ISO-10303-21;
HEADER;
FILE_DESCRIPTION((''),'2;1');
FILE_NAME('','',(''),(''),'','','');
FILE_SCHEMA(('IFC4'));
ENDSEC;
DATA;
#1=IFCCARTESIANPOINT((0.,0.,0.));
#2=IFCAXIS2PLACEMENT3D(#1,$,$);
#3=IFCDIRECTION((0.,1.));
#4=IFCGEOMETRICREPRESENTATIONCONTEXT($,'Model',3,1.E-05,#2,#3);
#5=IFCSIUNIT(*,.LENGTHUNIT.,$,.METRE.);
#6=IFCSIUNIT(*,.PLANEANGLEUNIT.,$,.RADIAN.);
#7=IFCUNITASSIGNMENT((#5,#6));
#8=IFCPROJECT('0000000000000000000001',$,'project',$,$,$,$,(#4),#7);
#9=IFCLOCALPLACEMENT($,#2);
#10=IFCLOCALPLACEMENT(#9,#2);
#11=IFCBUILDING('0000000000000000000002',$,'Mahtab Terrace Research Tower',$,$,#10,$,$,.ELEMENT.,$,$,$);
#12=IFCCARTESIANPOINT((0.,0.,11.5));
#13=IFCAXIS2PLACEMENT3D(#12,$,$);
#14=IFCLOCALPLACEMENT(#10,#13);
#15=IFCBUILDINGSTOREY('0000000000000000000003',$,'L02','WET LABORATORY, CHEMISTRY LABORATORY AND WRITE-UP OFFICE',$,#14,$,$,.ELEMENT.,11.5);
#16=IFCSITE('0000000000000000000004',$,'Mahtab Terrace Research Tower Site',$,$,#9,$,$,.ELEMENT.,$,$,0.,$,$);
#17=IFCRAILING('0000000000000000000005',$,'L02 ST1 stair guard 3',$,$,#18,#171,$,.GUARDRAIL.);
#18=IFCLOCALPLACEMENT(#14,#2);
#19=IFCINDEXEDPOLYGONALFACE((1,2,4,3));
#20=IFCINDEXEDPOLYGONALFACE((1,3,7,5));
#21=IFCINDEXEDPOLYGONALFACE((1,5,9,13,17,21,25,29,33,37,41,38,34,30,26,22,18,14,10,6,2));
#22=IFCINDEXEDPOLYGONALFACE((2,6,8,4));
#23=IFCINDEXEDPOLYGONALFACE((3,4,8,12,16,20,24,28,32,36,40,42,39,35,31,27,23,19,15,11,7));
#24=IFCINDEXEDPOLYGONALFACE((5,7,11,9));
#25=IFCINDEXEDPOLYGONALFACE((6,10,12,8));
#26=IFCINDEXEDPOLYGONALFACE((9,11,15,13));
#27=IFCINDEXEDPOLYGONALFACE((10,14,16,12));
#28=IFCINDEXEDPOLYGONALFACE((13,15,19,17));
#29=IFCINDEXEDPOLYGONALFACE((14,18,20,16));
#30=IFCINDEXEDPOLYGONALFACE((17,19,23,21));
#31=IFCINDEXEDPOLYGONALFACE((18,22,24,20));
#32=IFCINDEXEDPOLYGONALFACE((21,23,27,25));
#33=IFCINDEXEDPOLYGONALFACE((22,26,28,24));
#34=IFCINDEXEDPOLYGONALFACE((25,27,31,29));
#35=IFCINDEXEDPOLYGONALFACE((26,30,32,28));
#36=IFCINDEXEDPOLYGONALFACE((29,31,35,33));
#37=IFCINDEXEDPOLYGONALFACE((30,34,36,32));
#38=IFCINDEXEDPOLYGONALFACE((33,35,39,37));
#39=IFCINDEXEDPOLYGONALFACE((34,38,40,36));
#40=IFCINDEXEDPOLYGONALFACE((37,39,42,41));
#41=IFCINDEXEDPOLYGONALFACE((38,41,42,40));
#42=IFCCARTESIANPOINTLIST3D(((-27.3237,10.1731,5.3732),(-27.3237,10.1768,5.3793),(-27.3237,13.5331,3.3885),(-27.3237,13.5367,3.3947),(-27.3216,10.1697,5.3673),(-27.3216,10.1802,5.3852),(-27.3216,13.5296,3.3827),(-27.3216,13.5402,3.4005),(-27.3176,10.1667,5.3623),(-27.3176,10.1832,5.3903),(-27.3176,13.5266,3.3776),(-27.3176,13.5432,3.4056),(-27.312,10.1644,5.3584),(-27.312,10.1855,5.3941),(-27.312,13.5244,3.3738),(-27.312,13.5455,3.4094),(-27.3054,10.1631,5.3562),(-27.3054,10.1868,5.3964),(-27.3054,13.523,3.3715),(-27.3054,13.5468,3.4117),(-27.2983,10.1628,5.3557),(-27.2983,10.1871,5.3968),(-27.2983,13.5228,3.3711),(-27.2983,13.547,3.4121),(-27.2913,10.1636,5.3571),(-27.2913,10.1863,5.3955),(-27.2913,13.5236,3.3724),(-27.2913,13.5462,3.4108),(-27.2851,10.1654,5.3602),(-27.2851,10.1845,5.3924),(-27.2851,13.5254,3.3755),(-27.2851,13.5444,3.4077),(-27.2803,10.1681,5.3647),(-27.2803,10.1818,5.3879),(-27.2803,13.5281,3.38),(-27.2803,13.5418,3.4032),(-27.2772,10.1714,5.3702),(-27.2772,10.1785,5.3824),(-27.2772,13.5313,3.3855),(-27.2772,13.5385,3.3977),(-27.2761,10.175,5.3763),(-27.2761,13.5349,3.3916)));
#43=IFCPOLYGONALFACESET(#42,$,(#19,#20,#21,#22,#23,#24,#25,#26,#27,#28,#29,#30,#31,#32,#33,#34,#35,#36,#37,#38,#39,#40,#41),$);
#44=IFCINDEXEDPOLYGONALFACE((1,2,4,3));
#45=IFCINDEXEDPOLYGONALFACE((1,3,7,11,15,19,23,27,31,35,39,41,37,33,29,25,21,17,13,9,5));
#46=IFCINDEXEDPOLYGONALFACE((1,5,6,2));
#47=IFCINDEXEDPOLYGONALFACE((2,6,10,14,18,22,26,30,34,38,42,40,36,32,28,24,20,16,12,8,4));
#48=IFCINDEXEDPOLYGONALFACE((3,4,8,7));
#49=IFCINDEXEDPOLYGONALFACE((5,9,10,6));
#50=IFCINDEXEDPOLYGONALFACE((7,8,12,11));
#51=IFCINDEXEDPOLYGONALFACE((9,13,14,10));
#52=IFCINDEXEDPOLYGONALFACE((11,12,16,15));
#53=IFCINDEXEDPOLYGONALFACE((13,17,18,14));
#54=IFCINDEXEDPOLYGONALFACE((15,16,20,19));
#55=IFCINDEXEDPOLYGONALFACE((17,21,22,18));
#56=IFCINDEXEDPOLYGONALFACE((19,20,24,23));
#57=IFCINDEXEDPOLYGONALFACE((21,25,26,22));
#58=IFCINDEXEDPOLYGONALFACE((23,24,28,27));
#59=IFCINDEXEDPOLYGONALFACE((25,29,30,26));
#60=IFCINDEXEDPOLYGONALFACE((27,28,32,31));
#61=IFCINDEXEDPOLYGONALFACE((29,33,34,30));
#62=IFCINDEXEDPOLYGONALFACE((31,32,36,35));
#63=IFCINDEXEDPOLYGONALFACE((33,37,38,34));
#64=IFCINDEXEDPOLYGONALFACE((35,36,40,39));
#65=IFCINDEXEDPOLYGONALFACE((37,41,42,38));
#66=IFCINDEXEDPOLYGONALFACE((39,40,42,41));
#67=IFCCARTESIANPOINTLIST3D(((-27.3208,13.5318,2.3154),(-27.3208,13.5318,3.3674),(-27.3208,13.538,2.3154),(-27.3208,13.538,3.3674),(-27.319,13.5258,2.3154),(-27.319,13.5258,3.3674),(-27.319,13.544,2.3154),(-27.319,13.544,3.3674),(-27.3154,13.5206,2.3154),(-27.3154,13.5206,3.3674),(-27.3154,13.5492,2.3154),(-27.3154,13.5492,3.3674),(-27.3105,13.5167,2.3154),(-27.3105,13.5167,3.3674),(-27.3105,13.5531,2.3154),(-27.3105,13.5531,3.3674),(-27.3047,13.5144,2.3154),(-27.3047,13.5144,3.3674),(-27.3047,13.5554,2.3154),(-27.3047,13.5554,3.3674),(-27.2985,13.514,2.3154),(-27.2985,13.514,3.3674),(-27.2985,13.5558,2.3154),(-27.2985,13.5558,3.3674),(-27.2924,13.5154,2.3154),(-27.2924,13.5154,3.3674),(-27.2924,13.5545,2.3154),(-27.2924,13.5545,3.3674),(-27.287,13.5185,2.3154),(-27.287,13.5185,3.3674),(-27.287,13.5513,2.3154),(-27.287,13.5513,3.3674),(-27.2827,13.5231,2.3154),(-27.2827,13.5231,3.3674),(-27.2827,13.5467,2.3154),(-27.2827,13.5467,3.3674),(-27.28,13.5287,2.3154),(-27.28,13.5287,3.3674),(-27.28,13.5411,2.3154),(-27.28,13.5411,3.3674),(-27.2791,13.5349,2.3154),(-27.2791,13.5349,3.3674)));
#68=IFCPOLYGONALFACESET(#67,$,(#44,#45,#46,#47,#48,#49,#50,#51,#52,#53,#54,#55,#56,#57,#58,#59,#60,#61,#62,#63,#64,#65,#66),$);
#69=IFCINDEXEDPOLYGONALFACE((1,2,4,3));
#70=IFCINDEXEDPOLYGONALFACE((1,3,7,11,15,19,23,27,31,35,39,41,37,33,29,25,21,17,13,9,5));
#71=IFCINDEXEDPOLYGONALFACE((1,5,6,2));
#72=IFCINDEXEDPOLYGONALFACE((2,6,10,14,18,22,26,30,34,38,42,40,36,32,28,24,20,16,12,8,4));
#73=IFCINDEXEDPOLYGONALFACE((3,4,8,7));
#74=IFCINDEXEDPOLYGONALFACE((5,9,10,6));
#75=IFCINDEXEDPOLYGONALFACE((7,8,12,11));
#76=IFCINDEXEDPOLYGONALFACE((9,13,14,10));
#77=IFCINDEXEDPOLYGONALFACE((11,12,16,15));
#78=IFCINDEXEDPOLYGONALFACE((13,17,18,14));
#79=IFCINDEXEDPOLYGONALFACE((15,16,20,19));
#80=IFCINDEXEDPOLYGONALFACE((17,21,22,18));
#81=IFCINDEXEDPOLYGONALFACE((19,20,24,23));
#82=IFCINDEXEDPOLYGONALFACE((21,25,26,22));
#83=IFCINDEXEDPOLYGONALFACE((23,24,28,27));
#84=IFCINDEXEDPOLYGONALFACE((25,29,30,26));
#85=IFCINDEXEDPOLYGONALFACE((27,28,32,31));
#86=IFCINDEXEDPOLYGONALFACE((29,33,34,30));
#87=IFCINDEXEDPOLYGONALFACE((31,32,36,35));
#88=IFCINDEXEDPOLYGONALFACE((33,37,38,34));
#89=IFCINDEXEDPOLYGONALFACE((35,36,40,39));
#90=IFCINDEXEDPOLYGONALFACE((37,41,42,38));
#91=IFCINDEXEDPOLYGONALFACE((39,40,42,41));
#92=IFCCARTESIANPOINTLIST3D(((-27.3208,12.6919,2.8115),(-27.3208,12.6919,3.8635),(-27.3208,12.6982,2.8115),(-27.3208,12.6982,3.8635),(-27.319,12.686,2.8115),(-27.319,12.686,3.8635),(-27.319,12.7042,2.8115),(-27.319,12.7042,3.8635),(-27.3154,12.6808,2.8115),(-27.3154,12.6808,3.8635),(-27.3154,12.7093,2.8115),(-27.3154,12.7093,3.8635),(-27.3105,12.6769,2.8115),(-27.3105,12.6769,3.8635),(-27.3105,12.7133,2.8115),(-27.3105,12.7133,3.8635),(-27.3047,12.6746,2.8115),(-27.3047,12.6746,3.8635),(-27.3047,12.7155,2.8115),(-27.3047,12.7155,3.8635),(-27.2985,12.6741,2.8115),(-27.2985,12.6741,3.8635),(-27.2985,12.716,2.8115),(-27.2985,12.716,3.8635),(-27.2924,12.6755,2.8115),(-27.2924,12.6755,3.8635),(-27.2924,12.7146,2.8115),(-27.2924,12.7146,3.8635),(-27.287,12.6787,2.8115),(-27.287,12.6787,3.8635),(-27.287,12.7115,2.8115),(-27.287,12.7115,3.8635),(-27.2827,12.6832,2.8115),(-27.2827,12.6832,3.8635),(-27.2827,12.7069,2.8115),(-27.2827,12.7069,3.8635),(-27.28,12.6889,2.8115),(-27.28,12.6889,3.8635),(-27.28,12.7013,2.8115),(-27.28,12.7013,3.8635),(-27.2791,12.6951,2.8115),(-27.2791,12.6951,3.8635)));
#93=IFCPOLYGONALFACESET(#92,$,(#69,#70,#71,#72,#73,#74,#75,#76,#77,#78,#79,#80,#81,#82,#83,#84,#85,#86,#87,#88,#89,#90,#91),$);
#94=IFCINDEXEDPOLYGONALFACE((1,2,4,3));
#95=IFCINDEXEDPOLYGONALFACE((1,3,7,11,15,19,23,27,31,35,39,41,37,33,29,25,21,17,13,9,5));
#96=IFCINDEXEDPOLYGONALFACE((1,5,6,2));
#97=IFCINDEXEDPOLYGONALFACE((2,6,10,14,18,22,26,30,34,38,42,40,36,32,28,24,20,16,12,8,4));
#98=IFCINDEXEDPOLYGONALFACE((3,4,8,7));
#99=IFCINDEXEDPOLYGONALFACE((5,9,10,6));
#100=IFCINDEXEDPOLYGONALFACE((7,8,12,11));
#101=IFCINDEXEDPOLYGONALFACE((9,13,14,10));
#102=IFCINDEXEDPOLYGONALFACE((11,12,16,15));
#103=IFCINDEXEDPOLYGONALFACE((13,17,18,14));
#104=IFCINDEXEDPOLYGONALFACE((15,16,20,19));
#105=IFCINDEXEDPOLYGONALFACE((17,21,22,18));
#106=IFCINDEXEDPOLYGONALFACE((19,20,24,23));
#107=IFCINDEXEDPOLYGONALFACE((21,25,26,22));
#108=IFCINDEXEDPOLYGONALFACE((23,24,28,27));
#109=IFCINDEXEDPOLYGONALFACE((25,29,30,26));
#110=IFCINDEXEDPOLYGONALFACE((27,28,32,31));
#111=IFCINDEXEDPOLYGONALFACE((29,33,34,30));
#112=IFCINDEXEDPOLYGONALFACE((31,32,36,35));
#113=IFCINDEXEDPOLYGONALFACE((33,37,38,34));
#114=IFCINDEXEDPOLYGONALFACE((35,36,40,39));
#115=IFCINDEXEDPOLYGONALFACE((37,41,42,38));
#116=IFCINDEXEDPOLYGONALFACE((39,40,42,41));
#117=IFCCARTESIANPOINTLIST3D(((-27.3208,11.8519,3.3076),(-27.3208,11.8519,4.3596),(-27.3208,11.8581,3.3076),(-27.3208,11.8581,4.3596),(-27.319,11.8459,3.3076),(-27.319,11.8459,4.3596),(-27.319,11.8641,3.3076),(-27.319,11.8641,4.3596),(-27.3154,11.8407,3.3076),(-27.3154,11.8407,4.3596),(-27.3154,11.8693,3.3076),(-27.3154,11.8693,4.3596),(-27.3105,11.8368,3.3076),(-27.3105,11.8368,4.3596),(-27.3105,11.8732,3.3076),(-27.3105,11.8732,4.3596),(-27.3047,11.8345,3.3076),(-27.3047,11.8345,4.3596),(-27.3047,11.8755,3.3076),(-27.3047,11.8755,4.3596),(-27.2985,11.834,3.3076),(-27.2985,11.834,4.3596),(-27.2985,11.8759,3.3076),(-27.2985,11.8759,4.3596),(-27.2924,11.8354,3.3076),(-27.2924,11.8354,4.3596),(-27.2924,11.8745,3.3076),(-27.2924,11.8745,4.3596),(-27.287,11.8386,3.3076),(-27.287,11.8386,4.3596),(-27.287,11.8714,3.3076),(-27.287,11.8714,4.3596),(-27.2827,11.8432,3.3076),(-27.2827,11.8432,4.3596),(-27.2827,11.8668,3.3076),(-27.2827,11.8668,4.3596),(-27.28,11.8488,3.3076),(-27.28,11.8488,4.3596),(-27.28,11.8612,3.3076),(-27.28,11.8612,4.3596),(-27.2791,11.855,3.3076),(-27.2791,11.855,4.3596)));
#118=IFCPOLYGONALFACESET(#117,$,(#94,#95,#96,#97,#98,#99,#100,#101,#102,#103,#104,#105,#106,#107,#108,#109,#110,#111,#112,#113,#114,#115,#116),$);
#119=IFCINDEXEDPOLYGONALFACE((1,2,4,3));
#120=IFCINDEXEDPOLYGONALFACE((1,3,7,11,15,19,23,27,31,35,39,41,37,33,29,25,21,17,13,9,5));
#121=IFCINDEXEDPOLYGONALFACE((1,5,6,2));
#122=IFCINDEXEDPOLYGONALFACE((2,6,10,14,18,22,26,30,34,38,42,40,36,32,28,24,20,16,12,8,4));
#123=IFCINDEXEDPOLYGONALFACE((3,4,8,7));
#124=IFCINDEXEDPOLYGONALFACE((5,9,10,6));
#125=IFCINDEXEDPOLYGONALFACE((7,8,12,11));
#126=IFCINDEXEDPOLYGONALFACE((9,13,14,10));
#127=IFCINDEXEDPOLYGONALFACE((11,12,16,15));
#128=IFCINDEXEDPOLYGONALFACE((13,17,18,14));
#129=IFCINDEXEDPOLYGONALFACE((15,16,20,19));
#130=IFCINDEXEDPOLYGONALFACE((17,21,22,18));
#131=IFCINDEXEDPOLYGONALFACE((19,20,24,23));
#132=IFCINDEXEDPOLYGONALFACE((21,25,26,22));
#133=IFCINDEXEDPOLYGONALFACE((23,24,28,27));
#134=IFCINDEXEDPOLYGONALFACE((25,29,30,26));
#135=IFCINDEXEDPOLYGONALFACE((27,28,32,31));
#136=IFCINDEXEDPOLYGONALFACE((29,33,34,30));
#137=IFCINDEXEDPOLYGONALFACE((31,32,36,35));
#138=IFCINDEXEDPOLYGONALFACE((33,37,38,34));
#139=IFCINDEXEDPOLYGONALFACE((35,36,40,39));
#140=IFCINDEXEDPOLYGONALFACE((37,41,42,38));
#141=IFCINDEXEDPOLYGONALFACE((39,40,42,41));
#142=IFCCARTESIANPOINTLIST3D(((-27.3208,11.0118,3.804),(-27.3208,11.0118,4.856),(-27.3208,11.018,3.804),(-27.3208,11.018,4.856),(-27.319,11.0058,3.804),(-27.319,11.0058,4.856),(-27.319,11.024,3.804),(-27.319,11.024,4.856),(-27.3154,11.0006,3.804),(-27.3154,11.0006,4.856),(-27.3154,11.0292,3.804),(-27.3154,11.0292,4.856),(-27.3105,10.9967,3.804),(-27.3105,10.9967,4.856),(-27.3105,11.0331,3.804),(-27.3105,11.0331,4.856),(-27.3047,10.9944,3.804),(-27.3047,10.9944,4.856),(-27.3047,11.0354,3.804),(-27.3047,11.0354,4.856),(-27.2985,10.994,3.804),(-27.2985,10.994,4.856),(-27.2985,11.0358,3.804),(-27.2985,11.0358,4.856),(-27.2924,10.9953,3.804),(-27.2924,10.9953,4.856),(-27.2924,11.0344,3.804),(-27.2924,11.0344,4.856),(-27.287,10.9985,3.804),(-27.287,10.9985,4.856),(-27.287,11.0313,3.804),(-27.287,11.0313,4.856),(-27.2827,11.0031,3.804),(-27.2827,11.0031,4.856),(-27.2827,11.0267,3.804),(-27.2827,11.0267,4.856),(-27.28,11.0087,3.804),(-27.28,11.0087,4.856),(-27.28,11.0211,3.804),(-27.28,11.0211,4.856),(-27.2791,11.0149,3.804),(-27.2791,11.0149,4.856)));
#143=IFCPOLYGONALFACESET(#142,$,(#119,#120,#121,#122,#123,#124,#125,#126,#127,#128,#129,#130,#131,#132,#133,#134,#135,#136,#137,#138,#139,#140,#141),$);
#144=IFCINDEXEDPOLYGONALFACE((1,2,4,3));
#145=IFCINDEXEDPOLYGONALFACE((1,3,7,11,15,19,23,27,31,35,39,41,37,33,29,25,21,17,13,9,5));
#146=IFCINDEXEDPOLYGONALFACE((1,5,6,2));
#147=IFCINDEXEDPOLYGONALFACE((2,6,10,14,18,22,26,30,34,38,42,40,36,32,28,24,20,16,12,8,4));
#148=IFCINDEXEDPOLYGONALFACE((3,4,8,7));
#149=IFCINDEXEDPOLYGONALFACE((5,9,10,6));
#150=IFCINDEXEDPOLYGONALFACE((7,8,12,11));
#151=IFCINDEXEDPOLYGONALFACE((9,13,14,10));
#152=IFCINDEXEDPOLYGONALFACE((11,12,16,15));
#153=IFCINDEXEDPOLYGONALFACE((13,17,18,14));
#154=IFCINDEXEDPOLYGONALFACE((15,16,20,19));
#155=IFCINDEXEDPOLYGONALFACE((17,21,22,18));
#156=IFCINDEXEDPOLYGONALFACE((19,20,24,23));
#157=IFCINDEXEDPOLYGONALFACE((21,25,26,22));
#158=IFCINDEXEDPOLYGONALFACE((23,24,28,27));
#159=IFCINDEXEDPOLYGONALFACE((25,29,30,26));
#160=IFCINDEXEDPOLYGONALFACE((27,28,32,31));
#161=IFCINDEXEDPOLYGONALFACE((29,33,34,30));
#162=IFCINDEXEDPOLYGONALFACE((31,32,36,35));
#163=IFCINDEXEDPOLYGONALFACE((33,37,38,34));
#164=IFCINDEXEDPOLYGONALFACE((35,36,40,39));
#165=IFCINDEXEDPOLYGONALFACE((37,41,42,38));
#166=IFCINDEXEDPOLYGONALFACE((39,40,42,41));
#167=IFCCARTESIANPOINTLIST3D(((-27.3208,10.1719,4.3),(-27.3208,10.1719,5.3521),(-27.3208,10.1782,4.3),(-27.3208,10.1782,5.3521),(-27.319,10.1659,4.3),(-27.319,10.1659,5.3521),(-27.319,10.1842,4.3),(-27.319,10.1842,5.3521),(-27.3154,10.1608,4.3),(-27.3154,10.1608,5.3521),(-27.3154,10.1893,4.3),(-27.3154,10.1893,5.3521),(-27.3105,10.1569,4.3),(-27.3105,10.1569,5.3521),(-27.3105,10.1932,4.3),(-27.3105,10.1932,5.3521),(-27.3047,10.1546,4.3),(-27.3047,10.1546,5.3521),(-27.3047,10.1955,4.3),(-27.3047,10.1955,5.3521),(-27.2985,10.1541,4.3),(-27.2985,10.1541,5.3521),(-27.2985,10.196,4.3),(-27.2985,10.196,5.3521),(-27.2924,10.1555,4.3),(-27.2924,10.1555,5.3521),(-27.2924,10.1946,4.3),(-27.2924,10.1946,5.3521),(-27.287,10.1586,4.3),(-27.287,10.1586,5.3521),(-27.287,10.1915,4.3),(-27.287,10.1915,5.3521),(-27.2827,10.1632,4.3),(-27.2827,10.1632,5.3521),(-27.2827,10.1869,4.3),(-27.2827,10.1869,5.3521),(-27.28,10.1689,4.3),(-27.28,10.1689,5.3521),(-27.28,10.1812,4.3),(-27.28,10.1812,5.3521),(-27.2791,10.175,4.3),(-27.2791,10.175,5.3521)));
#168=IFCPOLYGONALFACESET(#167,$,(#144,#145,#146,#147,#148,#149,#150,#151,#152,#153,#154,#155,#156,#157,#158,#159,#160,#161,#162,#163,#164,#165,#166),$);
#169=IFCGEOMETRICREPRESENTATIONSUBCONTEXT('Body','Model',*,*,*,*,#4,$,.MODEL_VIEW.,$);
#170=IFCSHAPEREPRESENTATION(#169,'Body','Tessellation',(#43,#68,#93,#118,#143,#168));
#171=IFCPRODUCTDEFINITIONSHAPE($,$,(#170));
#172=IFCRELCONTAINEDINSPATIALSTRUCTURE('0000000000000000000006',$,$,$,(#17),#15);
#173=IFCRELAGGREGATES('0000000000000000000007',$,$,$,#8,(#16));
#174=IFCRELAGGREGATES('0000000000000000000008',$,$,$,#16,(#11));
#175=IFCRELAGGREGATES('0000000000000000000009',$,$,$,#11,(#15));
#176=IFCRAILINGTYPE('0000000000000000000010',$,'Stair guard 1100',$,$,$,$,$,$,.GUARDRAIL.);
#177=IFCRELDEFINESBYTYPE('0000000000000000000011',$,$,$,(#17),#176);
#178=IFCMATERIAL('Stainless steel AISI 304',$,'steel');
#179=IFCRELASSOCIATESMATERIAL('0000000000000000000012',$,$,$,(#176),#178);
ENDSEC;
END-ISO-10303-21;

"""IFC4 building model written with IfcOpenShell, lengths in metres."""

from ifc_helpers import new_model, si_unit, direction, frame, origin, origin_2d, place, context, subcontext, project, spatial, circle, extrude, material, type_object, element, save


model = new_model("IFC4")

# Units and contexts
model_context = context("Model", 3, precision=1e-05, world=origin(), true_north=direction((0.0, 1.0)))
body_context = subcontext(model_context, "Body", "Model", "MODEL_VIEW")
ifc_project = project(units=[si_unit("LENGTHUNIT", "METRE"), si_unit("PLANEANGLEUNIT", "RADIAN")], contexts=[model_context])

# Site, building, storey
site_placement = place(None, origin())
site = spatial("IfcSite", under=ifc_project, at=site_placement, Name="Mahtab Terrace Research Tower Site", CompositionType="ELEMENT", RefElevation=0.0)
building_placement = place(site_placement, origin())
building = spatial("IfcBuilding", under=site, at=building_placement, Name="Mahtab Terrace Research Tower", CompositionType="ELEMENT")
storey_placement = place(building_placement, frame((0.0, 0.0, 11.5)))
storey = spatial("IfcBuildingStorey", under=building, at=storey_placement, Name="L02", Description="WET LABORATORY, CHEMISTRY LABORATORY AND WRITE-UP OFFICE", CompositionType="ELEMENT", Elevation=11.5)

# Shared definitions
ifc_material_1 = material(Name="Stainless steel AISI 304", Category="steel")

# Railing
railing_type_1 = type_object("IfcRailingType", Name="Stair guard 1100", PredefinedType="GUARDRAIL", material=ifc_material_1)
railing_1_placement = place(storey_placement, frame((-27.3, 13.5349, 2.3154)))
element("IfcRailing", 1, at=railing_1_placement, inside=storey, type_object=railing_type_1, Name="L02 ST1 stair guard 3", PredefinedType="GUARDRAIL", context=body_context, shape_type="SweptSolid", body=[
    extrude(circle(Radius=0.0239, at=origin_2d()), frame((0.0, 0.0, 1.0762), z_axis=(0.0, -0.861011, 0.508586), x_axis=(1.0, 0.0, 0.0)), (0.0, 0.0, 1.0), 3.9023),
    extrude(circle(Radius=0.021, at=origin_2d()), origin(), (0.0, 0.0, 1.0), 1.052),
    extrude(circle(Radius=0.021, at=origin_2d()), frame((0.0, -0.8398, 0.4961)), (0.0, 0.0, 1.0), 1.052),
    extrude(circle(Radius=0.021, at=origin_2d()), frame((0.0, -1.6799, 0.9922)), (0.0, 0.0, 1.0), 1.052),
    extrude(circle(Radius=0.021, at=origin_2d()), frame((0.0, -2.52, 1.4885)), (0.0, 0.0, 1.0), 1.052),
    extrude(circle(Radius=0.021, at=origin_2d()), frame((0.0, -3.3599, 1.9846)), (0.0, 0.0, 1.0), 1.052),
])

save(model, "model.ifc")
